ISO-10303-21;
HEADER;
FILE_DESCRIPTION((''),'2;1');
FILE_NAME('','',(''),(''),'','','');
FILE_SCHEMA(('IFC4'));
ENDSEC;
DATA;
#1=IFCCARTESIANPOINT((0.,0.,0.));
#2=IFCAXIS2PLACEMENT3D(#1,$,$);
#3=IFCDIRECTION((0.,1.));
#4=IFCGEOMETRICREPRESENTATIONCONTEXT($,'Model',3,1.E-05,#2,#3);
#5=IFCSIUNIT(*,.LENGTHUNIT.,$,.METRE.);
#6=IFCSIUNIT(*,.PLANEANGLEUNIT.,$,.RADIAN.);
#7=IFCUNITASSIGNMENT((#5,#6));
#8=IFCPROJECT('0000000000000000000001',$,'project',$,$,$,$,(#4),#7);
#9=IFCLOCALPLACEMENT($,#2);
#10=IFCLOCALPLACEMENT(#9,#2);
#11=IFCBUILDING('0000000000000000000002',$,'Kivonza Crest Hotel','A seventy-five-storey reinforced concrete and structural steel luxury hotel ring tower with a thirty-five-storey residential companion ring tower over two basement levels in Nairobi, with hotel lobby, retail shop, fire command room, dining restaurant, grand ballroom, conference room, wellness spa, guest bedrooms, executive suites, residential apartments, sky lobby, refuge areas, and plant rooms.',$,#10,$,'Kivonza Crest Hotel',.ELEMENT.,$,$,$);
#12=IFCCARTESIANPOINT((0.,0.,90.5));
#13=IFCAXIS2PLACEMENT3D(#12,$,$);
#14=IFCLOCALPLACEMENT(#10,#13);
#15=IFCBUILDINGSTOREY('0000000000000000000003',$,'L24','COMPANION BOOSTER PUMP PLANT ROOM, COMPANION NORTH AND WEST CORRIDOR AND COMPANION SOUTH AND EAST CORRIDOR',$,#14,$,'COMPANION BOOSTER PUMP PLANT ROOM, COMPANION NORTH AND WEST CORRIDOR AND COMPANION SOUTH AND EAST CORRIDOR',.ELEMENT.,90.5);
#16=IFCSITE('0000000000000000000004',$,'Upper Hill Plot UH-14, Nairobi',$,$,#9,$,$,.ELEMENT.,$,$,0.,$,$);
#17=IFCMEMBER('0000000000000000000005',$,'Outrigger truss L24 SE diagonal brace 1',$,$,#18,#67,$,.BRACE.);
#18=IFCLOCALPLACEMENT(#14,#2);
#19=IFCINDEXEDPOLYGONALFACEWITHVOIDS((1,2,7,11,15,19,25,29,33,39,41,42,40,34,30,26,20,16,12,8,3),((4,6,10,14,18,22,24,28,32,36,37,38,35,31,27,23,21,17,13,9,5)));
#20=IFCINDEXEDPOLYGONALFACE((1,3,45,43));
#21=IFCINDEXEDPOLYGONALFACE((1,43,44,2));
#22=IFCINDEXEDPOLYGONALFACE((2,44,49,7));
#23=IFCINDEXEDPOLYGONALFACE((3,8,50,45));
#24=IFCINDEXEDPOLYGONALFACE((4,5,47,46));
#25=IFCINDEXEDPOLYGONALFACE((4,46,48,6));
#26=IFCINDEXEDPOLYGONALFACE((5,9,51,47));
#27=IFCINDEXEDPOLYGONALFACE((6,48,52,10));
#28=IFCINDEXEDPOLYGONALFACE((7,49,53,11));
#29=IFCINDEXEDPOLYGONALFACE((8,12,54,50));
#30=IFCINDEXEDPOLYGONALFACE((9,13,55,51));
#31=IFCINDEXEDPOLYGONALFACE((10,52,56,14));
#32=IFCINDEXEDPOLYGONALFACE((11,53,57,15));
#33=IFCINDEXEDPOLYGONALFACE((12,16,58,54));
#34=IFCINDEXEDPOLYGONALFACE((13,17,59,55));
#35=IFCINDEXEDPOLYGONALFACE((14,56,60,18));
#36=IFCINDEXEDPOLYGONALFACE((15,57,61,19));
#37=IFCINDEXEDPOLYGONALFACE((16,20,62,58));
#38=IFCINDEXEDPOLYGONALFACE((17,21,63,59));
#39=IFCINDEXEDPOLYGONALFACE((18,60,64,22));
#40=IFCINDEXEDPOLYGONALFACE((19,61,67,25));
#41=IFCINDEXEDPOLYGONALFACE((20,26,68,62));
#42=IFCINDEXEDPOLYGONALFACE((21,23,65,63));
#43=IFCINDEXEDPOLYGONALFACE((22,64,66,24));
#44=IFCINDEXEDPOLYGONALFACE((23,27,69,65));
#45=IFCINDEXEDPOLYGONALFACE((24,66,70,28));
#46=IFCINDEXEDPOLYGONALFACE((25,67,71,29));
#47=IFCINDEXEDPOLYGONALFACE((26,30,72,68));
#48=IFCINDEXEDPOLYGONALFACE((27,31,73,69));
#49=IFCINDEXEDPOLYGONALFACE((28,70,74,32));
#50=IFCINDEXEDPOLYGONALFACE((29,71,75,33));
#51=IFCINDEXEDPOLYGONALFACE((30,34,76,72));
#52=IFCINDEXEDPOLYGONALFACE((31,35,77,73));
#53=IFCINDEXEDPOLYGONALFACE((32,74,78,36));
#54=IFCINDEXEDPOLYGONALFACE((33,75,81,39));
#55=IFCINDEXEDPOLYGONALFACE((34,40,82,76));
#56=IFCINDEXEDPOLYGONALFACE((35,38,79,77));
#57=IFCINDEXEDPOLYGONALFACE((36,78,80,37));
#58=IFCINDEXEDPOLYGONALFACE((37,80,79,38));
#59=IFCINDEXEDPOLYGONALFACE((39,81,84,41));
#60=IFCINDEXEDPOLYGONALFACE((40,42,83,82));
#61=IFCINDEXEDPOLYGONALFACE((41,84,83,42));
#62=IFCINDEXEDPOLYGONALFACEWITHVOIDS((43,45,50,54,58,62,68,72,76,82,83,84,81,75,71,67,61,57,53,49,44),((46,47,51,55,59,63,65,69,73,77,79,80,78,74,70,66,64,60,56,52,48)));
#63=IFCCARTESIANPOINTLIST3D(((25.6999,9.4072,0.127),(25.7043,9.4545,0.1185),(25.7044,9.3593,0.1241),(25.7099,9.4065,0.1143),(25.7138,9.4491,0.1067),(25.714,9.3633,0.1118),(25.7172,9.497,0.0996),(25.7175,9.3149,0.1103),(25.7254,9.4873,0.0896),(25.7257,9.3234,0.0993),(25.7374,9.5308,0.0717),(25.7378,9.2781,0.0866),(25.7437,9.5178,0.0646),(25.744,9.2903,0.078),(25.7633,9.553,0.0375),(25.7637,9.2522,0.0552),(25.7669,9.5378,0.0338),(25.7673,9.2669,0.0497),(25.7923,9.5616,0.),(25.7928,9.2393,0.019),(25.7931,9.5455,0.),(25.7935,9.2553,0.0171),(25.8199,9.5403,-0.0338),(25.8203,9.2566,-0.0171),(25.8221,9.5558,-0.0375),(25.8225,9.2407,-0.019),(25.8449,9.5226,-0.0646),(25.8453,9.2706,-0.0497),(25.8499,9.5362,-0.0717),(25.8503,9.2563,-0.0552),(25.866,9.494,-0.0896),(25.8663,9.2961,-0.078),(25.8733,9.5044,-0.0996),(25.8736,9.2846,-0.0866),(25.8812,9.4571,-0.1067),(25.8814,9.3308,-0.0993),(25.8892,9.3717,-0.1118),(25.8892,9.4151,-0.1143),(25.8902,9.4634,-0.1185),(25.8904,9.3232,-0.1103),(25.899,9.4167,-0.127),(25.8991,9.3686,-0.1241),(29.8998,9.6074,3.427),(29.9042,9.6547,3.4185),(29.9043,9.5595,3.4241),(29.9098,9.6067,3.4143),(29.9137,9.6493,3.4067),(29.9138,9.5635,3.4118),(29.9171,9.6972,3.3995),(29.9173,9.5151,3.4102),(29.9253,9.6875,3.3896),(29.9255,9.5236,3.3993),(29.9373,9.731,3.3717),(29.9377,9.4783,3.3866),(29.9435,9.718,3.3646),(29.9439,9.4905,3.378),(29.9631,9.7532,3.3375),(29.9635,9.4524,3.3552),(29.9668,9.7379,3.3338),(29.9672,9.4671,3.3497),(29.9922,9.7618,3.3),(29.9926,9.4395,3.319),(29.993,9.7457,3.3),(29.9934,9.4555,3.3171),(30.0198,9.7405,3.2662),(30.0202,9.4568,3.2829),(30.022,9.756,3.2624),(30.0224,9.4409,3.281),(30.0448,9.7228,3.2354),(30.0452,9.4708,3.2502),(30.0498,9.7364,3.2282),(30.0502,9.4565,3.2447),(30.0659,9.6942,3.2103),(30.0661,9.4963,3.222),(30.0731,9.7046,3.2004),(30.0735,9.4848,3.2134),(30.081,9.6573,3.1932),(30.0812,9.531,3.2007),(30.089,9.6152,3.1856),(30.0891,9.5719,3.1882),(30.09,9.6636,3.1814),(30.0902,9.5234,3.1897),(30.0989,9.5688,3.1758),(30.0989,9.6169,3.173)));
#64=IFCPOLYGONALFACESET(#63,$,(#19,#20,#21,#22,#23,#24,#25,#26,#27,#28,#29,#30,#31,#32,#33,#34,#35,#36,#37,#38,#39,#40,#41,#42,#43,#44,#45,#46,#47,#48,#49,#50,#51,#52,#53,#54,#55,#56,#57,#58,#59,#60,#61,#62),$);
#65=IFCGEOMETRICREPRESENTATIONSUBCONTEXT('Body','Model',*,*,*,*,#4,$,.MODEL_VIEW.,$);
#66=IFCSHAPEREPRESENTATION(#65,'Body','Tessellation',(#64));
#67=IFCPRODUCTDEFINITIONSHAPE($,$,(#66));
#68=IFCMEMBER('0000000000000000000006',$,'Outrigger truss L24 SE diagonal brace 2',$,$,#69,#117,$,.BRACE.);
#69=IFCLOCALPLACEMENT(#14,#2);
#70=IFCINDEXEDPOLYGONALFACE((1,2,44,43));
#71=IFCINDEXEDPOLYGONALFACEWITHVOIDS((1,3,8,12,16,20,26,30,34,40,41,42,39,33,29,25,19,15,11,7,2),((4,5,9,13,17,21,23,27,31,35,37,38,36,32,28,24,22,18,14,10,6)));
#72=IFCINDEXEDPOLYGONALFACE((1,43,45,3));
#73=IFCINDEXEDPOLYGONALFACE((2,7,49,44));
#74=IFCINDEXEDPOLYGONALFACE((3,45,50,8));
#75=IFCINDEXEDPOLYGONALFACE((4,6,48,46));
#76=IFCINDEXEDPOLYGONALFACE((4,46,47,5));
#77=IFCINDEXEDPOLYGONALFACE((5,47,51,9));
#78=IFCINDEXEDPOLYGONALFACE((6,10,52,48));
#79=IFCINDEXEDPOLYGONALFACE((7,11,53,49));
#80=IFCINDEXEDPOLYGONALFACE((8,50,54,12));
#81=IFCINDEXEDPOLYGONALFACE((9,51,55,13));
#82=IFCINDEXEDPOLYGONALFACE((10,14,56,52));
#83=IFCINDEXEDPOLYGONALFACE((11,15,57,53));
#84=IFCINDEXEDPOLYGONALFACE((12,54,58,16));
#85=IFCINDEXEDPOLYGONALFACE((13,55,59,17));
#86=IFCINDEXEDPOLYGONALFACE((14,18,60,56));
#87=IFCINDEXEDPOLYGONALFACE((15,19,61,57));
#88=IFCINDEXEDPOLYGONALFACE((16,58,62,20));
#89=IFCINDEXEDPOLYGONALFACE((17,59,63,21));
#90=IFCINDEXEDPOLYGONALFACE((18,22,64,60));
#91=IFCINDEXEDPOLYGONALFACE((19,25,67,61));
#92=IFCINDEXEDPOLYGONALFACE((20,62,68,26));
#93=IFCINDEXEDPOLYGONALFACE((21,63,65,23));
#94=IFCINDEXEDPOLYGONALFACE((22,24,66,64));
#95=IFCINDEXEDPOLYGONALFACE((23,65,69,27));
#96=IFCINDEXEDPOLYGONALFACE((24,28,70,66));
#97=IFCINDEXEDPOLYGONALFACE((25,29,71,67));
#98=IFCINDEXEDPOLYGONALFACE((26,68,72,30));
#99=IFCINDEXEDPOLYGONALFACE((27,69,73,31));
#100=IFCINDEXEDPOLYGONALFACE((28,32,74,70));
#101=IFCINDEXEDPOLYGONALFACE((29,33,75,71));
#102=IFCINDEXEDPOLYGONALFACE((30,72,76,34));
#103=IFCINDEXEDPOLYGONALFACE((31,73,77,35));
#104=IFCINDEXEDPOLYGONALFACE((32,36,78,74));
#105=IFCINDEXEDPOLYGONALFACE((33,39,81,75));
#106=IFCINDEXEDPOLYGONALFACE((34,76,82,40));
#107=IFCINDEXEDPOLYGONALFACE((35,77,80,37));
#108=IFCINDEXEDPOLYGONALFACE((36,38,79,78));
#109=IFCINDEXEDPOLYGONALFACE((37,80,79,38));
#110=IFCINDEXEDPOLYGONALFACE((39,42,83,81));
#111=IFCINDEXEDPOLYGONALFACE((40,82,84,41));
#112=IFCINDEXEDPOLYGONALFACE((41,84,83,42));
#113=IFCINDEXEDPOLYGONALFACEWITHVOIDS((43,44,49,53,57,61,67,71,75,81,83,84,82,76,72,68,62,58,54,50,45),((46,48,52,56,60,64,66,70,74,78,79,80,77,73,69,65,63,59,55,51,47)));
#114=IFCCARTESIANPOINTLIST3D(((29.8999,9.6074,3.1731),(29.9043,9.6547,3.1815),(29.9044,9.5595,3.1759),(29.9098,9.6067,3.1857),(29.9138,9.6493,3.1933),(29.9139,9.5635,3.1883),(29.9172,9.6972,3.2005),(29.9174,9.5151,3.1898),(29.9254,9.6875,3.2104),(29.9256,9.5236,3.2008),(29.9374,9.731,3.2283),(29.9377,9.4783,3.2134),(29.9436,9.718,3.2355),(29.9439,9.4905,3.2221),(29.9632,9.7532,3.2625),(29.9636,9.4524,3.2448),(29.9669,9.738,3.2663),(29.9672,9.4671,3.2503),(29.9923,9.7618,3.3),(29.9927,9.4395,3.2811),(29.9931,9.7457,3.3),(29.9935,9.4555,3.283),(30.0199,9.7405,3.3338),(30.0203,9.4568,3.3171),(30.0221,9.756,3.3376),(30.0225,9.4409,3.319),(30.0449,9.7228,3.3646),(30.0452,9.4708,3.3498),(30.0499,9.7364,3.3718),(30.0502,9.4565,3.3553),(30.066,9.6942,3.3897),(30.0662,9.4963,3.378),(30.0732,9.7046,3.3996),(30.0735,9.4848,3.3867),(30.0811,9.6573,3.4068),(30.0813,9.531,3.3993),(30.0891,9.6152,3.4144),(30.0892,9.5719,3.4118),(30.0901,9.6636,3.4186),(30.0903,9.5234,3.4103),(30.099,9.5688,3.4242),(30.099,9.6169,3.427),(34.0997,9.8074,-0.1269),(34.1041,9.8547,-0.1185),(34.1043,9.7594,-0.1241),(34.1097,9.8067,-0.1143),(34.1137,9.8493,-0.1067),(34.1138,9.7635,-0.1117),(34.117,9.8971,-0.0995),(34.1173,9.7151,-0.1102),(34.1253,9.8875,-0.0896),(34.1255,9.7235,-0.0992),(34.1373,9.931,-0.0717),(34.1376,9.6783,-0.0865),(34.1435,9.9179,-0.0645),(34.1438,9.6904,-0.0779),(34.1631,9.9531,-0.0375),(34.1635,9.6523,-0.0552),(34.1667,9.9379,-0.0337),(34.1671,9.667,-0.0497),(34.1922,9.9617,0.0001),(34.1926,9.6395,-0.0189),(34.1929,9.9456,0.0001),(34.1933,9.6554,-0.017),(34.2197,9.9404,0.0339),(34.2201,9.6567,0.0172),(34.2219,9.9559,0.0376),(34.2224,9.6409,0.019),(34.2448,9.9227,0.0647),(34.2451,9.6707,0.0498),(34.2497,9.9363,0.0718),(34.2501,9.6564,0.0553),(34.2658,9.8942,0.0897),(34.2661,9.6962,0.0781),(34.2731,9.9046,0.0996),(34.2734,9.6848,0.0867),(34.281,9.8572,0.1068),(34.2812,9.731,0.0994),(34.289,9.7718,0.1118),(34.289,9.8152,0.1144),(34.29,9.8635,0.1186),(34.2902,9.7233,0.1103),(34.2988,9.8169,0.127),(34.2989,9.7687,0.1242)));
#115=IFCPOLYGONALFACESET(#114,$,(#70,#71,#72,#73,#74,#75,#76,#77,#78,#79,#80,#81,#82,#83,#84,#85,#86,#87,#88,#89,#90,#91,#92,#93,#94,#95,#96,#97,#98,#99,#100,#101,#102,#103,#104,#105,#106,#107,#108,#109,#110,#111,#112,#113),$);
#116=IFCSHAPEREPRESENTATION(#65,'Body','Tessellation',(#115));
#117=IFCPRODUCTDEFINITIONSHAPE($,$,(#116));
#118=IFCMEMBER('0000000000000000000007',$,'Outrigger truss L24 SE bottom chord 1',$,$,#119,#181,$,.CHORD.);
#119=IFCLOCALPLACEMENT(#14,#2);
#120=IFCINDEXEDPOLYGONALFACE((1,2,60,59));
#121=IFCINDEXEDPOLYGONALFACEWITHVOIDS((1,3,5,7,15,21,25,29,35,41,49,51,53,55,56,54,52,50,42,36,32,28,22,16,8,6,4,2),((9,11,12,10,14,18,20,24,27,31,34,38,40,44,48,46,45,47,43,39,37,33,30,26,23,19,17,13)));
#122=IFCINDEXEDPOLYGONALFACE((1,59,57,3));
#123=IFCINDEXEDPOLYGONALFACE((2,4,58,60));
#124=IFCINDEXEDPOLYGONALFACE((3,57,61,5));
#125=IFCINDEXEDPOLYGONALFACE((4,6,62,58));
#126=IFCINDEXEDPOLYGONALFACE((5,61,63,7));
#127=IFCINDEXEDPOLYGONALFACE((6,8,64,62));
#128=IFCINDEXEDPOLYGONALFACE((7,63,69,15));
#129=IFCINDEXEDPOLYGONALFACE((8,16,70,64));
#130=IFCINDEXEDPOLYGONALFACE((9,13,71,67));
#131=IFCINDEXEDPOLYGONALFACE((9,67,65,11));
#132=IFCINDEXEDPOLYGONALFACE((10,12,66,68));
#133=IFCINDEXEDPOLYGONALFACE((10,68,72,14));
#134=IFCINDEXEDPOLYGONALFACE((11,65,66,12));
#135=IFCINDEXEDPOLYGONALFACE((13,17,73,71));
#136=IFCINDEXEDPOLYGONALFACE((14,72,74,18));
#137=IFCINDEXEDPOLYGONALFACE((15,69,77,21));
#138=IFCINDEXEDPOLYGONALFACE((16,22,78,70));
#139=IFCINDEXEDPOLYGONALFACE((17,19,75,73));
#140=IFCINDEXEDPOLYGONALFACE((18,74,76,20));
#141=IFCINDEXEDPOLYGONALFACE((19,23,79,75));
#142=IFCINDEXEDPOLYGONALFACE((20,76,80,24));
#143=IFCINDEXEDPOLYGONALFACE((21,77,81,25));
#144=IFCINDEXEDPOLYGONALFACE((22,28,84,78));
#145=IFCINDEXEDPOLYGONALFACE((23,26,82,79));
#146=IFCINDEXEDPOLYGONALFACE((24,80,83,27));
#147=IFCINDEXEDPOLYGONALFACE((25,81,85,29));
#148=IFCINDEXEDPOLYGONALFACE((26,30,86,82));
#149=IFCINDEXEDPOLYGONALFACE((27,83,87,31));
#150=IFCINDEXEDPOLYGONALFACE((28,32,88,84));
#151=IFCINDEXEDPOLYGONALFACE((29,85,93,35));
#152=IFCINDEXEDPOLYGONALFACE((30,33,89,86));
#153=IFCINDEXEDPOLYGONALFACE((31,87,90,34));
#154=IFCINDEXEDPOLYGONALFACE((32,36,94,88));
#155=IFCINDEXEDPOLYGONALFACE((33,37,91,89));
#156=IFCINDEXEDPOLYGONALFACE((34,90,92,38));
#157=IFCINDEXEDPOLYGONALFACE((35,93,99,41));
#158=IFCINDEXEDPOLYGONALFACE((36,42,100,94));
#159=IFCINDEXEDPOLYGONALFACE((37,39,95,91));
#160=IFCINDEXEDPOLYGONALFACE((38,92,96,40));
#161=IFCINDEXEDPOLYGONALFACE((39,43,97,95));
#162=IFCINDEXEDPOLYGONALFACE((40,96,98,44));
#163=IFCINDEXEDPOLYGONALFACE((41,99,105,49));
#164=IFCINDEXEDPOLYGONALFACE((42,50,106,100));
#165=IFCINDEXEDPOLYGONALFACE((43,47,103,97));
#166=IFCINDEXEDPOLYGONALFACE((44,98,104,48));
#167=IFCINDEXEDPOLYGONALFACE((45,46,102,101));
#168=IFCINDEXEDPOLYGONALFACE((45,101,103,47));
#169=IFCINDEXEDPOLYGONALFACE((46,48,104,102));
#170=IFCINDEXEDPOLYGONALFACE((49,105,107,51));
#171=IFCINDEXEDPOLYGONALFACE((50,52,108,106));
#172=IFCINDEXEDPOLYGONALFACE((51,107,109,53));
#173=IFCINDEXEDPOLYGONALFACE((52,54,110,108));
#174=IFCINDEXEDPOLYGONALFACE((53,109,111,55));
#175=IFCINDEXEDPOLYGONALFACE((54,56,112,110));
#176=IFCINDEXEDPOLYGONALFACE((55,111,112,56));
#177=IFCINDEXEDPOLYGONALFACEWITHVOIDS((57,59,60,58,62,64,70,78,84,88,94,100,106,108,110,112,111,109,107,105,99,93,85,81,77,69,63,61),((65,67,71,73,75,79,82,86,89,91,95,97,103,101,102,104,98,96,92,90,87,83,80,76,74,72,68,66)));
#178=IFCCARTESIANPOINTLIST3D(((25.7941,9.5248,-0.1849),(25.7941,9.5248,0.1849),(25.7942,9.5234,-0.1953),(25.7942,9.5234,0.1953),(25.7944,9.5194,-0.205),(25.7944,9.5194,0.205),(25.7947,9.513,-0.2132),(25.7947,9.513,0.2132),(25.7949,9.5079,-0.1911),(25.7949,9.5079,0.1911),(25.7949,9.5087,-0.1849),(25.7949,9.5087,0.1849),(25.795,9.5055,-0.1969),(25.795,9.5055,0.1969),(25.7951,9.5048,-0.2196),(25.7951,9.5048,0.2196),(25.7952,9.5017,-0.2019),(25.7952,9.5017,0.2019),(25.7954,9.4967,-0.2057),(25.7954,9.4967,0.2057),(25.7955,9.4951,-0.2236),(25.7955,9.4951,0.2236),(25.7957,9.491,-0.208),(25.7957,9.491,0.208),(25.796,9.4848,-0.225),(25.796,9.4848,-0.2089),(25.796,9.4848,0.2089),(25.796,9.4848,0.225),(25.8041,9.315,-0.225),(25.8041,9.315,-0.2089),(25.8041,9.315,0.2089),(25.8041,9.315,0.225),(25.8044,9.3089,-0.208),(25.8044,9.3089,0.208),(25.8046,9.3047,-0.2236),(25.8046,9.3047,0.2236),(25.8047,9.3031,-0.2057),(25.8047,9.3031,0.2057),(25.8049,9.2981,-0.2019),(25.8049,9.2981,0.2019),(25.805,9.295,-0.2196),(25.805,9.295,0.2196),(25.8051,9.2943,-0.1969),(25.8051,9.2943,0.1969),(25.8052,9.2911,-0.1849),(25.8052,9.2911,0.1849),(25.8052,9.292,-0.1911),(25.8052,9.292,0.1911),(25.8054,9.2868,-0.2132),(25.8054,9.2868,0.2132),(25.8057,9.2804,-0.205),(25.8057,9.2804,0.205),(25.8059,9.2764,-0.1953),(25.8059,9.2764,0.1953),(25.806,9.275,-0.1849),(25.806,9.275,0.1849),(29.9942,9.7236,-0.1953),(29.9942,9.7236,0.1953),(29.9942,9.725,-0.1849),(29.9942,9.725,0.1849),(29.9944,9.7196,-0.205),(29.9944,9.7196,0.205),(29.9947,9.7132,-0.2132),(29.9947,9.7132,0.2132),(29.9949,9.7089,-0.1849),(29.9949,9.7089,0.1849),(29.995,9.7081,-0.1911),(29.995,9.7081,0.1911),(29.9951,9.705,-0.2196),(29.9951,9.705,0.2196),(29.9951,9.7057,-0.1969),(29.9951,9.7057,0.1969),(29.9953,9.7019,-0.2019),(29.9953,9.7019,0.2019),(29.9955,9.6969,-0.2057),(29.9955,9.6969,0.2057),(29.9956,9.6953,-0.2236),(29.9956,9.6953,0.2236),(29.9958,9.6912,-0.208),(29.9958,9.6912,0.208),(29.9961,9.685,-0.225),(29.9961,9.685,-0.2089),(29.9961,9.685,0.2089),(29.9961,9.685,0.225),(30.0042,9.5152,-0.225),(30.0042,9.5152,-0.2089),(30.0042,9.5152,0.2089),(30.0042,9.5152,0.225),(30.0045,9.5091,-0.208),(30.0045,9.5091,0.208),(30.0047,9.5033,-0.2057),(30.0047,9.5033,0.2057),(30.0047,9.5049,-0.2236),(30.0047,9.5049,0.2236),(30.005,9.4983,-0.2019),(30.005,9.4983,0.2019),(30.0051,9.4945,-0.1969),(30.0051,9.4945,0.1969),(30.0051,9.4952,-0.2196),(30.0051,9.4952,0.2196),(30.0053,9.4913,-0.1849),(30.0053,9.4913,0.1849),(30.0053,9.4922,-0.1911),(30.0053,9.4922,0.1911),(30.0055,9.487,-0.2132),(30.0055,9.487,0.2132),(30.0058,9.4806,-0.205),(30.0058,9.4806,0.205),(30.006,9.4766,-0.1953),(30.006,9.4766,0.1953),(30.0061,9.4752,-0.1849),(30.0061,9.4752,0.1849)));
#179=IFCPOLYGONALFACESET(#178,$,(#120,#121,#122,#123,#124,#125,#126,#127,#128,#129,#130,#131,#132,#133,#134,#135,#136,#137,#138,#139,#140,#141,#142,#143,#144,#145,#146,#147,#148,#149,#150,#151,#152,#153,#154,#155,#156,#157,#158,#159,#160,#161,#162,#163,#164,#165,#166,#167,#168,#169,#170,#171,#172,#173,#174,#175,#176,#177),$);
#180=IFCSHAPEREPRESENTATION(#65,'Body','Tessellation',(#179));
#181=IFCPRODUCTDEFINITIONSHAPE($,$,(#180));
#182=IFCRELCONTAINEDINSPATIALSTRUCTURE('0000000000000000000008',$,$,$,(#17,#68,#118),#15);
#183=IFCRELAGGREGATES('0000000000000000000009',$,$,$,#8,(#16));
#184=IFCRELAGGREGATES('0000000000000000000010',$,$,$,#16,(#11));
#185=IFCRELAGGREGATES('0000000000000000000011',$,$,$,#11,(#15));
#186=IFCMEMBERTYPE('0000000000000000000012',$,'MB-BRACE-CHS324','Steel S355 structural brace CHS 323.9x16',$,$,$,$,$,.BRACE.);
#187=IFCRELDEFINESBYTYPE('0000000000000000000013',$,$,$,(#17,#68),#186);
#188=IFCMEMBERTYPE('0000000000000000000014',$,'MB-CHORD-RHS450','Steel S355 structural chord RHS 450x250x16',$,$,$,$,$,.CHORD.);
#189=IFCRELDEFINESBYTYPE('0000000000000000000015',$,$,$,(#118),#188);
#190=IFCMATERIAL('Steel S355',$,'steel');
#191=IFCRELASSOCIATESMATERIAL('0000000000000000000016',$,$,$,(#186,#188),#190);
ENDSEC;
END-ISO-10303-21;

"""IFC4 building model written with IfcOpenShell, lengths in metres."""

from ifc_helpers import new_model, si_unit, direction, frame, origin, origin_2d, place, context, subcontext, project, spatial, hollow_rectangle, hollow_circle, extrude, material, material_profile, profile_set, type_object, element, save


model = new_model("IFC4")

# Units and contexts
model_context = context("Model", 3, precision=1e-05, world=origin(), true_north=direction((0.0, 1.0)))
body_context = subcontext(model_context, "Body", "Model", "MODEL_VIEW")
ifc_project = project(units=[si_unit("LENGTHUNIT", "METRE"), si_unit("PLANEANGLEUNIT", "RADIAN")], contexts=[model_context])

# Site, building, storey
site_placement = place(None, origin())
site = spatial("IfcSite", under=ifc_project, at=site_placement, Name="Upper Hill Plot UH-14, Nairobi", CompositionType="ELEMENT", RefElevation=0.0)
building_placement = place(site_placement, origin())
building = spatial("IfcBuilding", under=site, at=building_placement, Name="Kivonza Crest Hotel", Description="A seventy-five-storey reinforced concrete and structural steel luxury hotel ring tower with a thirty-five-storey residential companion ring tower over two basement levels in Nairobi, with hotel lobby, retail shop, fire command room, dining restaurant, grand ballroom, conference room, wellness spa, guest bedrooms, executive suites, residential apartments, sky lobby, refuge areas, and plant rooms.", LongName="Kivonza Crest Hotel", CompositionType="ELEMENT")
storey_placement = place(building_placement, frame((0.0, 0.0, 90.5)))
storey = spatial("IfcBuildingStorey", under=building, at=storey_placement, Name="L24", Description="COMPANION BOOSTER PUMP PLANT ROOM, COMPANION NORTH AND WEST CORRIDOR AND COMPANION SOUTH AND EAST CORRIDOR", LongName="COMPANION BOOSTER PUMP PLANT ROOM, COMPANION NORTH AND WEST CORRIDOR AND COMPANION SOUTH AND EAST CORRIDOR", CompositionType="ELEMENT", Elevation=90.5)

# Shared definitions
ifc_material_1 = material(Name="Steel S355", Category="steel")

# Members
ifc_material_profile_1 = material_profile(ifc_material_1, hollow_circle(Radius=0.1619, WallThickness=0.0161, at=origin_2d()), Name="CHS 323.9x16")
ifc_profile_set_1 = profile_set([ifc_material_profile_1], Name="Steel S355")
member_type_1 = type_object("IfcMemberType", Name="MB-BRACE-CHS324", Description="Steel S355 structural brace CHS 323.9x16", PredefinedType="BRACE", material=ifc_profile_set_1)
for number, where, z_axis, x_axis, name in (
    (1, (25.8, 9.3999, 0.0), (0.785759, 0.037454, 0.617398), (-0.047612, 0.998866, 0.0), "Outrigger truss L24 SE diagonal brace 1"),
    (2, (30.0, 9.6001, 3.3), (0.78576, 0.037408, -0.617399), (-0.047554, 0.998869, 0.0), "Outrigger truss L24 SE diagonal brace 2"),
):
    element("IfcMember", number, at=place(storey_placement, frame(where, z_axis=z_axis, x_axis=x_axis)), inside=storey, type_object=member_type_1, Name=name, PredefinedType="BRACE", context=body_context, shape_type="SweptSolid", body=[
        extrude(hollow_circle(Radius=0.1619, WallThickness=0.0161, at=origin_2d()), origin(), (0.0, 0.0, 1.0), 5.345),
    ])
ifc_material_profile_2 = material_profile(ifc_material_1, hollow_rectangle(XDim=0.25, YDim=0.45, WallThickness=0.0161, InnerFilletRadius=0.0239, OuterFilletRadius=0.04, at=origin_2d()), Name="RHS 450x250x16")
ifc_profile_set_2 = profile_set([ifc_material_profile_2], Name="Steel S355")
member_type_2 = type_object("IfcMemberType", Name="MB-CHORD-RHS450", Description="Steel S355 structural chord RHS 450x250x16", PredefinedType="CHORD", material=ifc_profile_set_2)
for number, where, z_axis, x_axis, name in (
    (3, (25.8, 9.3999, 0.0), (0.998866, 0.047612, 0.0), (-0.047612, 0.998866, 0.0), "Outrigger truss L24 SE bottom chord 1"),
):
    element("IfcMember", number, at=place(storey_placement, frame(where, z_axis=z_axis, x_axis=x_axis)), inside=storey, type_object=member_type_2, Name=name, PredefinedType="CHORD", context=body_context, shape_type="SweptSolid", body=[
        extrude(hollow_rectangle(XDim=0.25, YDim=0.45, WallThickness=0.0161, InnerFilletRadius=0.0239, OuterFilletRadius=0.04, at=origin_2d()), origin(), (0.0, 0.0, 1.0), 4.2048),
    ])

save(model, "model.ifc")
